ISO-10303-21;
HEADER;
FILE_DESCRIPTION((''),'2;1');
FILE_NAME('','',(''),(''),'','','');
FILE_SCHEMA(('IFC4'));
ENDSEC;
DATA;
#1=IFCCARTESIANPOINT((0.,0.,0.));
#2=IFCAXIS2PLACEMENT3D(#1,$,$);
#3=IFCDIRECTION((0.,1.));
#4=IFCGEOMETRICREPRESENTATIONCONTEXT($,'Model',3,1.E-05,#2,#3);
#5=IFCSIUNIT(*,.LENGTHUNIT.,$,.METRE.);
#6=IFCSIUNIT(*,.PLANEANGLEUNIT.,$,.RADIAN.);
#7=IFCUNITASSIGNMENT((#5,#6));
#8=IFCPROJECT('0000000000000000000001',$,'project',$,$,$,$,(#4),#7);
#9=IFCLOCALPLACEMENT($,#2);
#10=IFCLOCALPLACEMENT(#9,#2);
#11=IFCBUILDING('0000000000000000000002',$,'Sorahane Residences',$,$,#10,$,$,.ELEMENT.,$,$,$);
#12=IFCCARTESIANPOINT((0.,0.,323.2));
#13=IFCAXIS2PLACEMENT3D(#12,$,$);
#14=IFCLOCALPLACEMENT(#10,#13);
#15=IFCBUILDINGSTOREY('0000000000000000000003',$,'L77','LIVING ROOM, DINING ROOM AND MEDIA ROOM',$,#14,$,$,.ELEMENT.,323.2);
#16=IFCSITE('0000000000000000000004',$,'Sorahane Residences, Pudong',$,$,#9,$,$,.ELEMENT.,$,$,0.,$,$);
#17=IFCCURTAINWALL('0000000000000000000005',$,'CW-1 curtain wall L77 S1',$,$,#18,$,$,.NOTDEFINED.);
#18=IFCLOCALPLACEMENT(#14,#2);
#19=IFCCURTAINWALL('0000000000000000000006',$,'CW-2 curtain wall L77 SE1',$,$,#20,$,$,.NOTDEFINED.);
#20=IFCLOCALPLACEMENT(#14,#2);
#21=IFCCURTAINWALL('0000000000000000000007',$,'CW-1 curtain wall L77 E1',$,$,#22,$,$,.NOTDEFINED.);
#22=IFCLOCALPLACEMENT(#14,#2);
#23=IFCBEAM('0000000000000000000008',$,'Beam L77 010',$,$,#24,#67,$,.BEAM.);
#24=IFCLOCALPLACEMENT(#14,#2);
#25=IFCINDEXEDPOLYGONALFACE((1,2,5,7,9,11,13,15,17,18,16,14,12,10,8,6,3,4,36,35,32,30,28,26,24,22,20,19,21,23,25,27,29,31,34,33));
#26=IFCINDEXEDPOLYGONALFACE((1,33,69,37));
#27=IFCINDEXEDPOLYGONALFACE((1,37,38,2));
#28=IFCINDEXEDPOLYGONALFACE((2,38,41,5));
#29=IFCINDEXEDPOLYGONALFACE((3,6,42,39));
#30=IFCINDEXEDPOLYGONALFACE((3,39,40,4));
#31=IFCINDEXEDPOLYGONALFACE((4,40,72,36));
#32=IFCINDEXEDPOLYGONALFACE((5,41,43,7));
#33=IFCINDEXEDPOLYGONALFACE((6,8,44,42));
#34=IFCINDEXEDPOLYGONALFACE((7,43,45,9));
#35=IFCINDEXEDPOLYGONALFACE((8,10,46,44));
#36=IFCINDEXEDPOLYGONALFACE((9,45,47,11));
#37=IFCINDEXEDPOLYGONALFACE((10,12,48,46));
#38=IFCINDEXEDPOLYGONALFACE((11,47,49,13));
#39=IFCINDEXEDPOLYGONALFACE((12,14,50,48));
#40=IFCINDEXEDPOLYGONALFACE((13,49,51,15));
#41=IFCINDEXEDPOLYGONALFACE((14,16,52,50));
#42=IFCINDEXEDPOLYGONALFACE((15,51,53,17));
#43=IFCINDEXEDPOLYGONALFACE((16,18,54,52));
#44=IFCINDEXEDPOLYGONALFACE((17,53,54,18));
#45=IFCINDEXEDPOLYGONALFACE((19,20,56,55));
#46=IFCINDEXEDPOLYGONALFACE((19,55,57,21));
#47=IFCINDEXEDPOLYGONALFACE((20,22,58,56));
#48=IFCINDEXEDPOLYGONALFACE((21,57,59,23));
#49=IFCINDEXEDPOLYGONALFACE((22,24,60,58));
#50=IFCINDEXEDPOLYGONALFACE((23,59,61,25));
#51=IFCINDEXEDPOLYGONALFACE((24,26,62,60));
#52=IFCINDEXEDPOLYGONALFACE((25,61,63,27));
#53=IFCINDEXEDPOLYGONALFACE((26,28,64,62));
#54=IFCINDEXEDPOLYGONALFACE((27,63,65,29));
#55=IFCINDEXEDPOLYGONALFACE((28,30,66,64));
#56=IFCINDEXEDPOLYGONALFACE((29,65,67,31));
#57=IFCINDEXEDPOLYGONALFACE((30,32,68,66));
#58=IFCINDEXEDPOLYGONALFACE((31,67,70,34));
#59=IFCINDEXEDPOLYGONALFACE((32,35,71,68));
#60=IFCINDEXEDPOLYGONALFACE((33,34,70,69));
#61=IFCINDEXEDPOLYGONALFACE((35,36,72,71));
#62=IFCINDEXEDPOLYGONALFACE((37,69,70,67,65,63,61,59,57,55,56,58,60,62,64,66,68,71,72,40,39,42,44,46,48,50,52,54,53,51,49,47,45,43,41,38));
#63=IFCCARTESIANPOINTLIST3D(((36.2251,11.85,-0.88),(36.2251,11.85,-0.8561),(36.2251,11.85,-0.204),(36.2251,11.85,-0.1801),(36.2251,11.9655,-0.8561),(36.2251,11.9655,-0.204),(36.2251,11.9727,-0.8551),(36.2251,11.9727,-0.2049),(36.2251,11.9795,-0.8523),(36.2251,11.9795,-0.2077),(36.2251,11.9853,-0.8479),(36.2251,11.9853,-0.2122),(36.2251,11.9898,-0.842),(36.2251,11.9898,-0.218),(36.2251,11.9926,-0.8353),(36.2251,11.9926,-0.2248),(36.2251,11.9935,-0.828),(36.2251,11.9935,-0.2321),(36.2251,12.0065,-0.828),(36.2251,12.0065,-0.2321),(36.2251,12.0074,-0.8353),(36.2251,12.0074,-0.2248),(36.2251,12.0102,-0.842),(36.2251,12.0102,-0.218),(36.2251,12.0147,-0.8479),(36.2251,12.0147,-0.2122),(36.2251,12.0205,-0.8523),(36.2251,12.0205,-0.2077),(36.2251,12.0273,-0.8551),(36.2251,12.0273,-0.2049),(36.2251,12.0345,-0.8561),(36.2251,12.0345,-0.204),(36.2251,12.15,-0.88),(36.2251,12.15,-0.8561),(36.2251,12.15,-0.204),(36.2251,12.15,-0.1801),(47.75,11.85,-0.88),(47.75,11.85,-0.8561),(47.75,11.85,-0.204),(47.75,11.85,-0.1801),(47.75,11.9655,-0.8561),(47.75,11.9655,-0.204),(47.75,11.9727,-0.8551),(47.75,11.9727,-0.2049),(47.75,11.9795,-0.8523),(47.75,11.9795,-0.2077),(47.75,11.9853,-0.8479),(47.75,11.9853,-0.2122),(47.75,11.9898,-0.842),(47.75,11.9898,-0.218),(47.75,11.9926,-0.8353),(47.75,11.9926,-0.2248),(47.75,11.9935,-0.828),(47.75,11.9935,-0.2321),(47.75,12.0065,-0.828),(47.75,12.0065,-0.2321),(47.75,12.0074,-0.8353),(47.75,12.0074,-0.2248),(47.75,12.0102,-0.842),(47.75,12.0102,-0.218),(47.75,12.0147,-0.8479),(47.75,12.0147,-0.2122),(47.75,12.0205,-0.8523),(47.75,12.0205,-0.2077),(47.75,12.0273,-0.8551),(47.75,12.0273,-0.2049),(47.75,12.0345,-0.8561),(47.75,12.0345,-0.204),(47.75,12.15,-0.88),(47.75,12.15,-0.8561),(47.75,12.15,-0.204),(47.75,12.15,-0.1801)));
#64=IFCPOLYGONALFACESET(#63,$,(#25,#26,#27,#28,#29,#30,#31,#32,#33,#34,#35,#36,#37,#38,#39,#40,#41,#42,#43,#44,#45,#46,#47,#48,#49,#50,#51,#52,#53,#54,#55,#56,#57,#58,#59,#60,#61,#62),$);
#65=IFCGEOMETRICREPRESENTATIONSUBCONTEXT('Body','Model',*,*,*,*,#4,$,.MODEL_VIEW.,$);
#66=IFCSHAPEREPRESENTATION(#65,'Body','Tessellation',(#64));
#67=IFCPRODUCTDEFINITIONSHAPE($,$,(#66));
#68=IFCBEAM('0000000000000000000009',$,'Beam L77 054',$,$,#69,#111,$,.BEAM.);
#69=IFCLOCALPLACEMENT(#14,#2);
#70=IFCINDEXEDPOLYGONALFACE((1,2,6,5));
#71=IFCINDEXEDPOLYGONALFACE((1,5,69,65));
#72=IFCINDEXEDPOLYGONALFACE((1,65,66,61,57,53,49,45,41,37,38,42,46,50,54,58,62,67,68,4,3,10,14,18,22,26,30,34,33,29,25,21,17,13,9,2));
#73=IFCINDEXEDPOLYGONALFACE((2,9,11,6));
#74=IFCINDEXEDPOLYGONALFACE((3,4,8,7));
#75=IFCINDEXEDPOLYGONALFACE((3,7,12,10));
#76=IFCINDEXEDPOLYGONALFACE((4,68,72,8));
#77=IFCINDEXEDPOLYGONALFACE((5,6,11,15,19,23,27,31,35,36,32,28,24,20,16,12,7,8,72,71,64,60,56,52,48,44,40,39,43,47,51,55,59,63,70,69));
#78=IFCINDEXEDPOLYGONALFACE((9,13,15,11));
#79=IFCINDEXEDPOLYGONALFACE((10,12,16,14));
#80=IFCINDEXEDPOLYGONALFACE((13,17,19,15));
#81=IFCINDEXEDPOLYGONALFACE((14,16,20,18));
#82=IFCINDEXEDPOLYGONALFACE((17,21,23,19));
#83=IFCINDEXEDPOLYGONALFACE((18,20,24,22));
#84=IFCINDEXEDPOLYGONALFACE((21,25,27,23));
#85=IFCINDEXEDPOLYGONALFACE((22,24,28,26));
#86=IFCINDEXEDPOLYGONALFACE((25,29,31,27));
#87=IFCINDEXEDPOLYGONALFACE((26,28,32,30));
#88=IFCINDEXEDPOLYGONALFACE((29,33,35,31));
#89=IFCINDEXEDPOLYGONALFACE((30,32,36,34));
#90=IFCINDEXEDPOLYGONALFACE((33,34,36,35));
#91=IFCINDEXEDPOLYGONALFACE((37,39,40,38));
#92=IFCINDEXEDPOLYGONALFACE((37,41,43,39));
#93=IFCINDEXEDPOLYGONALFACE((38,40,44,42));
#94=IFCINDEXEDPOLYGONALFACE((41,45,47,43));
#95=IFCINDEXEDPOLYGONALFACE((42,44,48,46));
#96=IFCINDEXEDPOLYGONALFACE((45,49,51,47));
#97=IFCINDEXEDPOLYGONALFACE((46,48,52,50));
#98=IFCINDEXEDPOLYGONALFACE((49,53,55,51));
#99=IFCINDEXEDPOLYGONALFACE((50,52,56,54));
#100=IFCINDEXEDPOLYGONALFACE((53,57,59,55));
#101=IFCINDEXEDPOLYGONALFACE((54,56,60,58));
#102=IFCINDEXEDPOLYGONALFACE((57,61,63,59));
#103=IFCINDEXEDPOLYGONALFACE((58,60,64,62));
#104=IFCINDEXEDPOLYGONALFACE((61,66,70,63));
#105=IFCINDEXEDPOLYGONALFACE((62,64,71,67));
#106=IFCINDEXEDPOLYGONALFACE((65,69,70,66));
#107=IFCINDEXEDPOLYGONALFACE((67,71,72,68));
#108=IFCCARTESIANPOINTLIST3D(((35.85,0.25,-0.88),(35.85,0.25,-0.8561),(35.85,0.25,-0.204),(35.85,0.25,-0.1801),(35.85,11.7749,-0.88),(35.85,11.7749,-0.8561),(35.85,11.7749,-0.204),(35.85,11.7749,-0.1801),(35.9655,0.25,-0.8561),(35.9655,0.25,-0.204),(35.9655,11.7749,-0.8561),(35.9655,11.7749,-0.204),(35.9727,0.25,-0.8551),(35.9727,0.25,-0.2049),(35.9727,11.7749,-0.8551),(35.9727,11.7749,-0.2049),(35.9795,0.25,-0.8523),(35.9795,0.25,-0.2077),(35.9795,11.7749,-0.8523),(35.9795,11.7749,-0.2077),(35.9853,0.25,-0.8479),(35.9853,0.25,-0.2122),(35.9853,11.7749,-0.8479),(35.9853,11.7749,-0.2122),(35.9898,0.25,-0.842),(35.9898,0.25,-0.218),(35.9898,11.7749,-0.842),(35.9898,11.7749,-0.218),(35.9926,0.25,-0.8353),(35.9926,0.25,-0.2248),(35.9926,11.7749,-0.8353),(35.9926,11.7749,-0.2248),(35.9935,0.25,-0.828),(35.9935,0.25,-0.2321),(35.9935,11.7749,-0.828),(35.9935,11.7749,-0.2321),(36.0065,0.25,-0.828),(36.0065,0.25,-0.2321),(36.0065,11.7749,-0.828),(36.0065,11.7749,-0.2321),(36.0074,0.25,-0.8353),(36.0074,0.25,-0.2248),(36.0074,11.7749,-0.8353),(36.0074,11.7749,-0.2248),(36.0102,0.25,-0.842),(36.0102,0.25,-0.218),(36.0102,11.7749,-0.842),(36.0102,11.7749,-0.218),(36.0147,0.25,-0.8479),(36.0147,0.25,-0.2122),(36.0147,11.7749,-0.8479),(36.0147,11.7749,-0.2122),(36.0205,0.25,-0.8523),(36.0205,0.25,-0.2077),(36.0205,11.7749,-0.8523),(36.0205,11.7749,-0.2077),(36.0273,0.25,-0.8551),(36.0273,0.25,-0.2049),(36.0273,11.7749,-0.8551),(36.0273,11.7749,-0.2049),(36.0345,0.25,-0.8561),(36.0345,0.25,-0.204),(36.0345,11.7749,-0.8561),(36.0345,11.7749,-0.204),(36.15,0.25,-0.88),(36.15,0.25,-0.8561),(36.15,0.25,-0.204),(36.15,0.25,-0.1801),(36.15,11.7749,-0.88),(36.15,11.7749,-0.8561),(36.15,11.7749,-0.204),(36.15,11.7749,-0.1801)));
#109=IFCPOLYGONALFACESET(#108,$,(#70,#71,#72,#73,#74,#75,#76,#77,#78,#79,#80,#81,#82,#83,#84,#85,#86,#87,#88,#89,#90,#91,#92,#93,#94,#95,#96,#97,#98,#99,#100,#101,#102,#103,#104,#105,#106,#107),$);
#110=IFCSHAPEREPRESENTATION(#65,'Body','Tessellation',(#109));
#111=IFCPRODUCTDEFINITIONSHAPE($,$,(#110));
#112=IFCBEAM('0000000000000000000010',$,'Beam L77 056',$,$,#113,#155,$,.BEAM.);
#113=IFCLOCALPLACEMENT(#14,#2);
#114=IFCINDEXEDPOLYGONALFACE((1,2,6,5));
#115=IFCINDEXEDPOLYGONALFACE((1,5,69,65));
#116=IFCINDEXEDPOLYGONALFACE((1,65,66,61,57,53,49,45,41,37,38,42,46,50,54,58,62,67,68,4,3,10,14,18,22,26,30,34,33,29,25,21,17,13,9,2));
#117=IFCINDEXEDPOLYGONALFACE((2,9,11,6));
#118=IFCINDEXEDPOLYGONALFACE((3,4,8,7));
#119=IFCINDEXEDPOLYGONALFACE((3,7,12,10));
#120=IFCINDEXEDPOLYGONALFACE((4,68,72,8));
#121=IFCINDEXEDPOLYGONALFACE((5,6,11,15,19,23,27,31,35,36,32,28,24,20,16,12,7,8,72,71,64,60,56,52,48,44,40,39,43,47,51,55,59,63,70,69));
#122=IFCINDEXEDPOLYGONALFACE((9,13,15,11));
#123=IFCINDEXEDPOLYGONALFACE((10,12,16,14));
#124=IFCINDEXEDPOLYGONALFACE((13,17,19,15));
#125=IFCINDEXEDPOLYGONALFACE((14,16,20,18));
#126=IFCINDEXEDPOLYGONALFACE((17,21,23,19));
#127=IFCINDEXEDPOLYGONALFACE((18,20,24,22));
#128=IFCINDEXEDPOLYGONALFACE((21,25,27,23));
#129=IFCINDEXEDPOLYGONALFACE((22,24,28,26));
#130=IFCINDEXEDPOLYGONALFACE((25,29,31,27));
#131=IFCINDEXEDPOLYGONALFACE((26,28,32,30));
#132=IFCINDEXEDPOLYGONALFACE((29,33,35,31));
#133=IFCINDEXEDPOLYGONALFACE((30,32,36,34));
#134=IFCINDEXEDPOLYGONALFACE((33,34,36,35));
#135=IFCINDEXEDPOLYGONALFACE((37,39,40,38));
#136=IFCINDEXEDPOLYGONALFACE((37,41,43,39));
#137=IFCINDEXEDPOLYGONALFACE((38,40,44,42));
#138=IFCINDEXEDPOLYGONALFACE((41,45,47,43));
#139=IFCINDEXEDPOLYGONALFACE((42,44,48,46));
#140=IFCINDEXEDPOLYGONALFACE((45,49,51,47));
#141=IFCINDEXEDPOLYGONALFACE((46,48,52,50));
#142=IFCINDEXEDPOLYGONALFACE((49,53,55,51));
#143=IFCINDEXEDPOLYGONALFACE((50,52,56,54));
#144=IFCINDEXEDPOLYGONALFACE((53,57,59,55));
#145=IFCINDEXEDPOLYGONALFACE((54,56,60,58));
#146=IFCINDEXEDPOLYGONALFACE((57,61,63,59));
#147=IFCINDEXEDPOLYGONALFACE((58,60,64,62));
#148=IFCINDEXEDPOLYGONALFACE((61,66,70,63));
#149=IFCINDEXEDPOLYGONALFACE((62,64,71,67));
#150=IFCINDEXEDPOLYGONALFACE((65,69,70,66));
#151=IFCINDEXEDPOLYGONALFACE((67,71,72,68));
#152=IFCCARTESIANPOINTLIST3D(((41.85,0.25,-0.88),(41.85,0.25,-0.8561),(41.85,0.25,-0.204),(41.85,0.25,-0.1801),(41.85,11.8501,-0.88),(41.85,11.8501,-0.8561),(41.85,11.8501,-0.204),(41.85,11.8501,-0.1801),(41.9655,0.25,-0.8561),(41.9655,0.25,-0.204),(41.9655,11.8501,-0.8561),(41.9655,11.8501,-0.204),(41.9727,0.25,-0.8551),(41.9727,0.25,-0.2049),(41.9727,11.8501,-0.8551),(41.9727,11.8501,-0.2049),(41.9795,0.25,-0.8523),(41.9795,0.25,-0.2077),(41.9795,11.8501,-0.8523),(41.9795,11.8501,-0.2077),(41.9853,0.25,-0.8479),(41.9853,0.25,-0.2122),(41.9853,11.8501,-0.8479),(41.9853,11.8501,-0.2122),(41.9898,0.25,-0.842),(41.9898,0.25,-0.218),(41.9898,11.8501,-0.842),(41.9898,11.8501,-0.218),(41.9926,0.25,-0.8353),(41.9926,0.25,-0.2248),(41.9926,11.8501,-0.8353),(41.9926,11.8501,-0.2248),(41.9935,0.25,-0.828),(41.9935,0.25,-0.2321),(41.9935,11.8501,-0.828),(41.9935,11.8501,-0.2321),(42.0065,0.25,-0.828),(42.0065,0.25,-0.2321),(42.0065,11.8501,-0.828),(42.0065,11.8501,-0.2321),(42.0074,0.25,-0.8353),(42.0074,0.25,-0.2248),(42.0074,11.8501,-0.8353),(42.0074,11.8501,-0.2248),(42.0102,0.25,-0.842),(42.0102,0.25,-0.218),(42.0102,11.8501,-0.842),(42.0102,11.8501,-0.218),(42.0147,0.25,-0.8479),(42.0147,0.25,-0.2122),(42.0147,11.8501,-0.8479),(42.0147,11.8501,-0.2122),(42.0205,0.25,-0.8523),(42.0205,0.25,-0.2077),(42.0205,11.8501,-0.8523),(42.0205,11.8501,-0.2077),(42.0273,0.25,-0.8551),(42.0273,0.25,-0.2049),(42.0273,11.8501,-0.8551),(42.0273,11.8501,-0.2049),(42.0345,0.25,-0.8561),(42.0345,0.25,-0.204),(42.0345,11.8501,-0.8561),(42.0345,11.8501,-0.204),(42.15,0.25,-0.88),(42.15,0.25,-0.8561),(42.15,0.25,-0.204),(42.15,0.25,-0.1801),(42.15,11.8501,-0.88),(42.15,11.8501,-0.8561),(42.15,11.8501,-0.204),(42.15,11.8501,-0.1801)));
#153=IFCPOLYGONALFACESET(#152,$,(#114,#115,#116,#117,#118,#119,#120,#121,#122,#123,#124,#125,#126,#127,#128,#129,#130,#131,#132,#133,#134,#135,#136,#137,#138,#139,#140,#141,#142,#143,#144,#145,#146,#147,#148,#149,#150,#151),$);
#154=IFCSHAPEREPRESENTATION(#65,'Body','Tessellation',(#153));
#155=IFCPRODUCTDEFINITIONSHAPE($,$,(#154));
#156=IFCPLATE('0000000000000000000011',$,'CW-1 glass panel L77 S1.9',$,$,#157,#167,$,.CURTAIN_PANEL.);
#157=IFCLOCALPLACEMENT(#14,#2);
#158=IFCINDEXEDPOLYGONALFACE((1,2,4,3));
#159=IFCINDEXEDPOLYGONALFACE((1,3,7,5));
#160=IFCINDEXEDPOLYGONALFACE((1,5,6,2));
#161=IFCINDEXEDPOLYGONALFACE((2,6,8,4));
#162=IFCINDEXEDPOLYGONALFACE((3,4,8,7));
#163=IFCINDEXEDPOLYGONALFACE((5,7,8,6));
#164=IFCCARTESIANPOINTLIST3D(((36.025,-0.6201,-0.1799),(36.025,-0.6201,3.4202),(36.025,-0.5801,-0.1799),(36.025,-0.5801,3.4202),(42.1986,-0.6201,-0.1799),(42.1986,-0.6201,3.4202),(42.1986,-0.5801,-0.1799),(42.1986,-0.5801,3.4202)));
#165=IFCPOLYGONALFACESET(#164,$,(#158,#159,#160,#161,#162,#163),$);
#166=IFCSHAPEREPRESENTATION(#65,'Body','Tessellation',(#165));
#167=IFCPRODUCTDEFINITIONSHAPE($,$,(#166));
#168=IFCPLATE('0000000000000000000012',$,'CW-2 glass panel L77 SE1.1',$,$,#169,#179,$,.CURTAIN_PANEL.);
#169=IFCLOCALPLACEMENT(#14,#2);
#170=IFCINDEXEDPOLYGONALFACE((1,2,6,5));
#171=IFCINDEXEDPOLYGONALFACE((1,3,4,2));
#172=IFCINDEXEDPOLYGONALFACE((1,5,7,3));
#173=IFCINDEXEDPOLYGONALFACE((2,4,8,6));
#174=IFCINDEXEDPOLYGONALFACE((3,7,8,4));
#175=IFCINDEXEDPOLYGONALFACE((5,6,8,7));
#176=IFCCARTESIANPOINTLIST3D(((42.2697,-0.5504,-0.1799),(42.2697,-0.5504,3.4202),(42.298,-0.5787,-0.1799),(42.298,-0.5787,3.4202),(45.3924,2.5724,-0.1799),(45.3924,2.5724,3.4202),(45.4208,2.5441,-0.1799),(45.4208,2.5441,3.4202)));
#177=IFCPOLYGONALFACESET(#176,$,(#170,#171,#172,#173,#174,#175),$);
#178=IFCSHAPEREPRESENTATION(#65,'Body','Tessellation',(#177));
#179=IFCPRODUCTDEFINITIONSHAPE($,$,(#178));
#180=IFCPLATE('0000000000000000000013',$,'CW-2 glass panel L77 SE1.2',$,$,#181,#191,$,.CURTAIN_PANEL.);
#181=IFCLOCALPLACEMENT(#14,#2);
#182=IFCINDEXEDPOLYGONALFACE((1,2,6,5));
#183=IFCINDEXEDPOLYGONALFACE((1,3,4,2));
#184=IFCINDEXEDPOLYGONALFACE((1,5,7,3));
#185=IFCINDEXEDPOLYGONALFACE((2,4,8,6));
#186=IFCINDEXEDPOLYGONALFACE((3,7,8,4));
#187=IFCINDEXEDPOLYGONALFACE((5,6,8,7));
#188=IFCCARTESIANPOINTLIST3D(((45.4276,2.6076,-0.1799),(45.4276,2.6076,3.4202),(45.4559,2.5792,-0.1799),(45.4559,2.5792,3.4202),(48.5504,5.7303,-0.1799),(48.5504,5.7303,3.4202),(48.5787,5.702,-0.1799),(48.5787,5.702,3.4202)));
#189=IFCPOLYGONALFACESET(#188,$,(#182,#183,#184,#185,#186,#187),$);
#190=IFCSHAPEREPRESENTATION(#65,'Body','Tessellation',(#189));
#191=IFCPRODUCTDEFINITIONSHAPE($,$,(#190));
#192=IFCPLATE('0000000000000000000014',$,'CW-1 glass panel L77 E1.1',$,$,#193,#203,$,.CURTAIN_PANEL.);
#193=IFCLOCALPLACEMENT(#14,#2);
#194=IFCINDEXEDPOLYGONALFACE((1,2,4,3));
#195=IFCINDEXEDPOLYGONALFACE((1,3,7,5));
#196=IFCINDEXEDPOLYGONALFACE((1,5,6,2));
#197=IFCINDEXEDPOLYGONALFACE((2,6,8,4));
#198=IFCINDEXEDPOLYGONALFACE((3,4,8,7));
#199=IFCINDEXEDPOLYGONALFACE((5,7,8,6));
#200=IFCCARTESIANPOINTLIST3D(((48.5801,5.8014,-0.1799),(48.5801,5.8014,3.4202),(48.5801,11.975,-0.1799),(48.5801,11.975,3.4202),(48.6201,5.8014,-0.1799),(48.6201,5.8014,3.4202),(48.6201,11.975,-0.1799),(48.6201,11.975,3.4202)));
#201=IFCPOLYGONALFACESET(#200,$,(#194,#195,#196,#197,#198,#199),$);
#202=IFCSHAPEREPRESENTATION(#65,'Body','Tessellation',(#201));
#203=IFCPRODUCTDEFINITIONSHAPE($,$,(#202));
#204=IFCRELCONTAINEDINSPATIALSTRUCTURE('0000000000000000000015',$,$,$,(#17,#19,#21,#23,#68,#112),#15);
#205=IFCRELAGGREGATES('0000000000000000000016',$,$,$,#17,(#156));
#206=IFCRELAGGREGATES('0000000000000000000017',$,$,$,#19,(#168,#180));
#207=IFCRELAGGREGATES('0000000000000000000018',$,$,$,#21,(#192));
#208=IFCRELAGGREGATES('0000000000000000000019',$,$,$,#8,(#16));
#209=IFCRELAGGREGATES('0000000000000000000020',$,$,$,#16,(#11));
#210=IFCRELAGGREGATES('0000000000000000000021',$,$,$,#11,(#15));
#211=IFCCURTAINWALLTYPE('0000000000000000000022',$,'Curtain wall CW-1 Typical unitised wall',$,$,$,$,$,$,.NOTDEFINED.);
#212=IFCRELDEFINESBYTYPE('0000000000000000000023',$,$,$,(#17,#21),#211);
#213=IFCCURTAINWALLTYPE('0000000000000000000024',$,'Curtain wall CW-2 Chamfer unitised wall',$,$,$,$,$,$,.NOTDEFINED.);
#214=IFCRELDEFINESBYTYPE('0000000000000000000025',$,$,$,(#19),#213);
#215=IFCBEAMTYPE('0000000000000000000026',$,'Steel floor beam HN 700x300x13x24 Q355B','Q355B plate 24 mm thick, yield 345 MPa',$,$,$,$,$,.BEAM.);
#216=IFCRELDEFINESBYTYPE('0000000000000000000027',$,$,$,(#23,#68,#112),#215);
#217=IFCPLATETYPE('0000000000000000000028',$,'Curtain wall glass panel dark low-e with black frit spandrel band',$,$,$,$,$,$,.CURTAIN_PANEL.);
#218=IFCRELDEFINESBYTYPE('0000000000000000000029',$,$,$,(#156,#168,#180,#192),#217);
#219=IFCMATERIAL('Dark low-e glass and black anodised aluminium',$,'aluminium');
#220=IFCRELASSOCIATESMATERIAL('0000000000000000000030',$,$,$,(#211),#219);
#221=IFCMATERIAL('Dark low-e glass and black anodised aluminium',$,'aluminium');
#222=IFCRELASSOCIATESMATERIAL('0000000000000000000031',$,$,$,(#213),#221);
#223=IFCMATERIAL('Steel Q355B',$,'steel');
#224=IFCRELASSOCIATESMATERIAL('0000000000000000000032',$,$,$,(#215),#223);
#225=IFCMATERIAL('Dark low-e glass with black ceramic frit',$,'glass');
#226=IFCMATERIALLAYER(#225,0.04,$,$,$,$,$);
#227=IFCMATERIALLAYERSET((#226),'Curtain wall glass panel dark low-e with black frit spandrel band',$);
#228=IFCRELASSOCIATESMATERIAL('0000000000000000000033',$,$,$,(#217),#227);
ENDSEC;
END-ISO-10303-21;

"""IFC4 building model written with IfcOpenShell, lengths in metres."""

from ifc_helpers import new_model, si_unit, direction, frame, origin, origin_2d, place, context, subcontext, project, spatial, rectangle, i_section, extrude, material, layer, layer_set, material_profile, profile_set, type_object, element, aggregate, save


model = new_model("IFC4")

# Units and contexts
model_context = context("Model", 3, precision=1e-05, world=origin(), true_north=direction((0.0, 1.0)))
body_context = subcontext(model_context, "Body", "Model", "MODEL_VIEW")
ifc_project = project(units=[si_unit("LENGTHUNIT", "METRE"), si_unit("PLANEANGLEUNIT", "RADIAN")], contexts=[model_context])

# Site, building, storey
site_placement = place(None, origin())
site = spatial("IfcSite", under=ifc_project, at=site_placement, Name="Sorahane Residences, Pudong", CompositionType="ELEMENT", RefElevation=0.0)
building_placement = place(site_placement, origin())
building = spatial("IfcBuilding", under=site, at=building_placement, Name="Sorahane Residences", CompositionType="ELEMENT")
storey_placement = place(building_placement, frame((0.0, 0.0, 323.2)))
storey = spatial("IfcBuildingStorey", under=building, at=storey_placement, Name="L77", Description="LIVING ROOM, DINING ROOM AND MEDIA ROOM", CompositionType="ELEMENT", Elevation=323.2)

# Curtain walls
ifc_material_1 = material(Name="Dark low-e glass and black anodised aluminium", Category="aluminium")
curtain_wall_type_1 = type_object("IfcCurtainWallType", Name="Curtain wall CW-1 Typical unitised wall", PredefinedType="NOTDEFINED", material=ifc_material_1)
curtain_wall_1_placement = place(storey_placement, origin())
curtain_wall_1 = element("IfcCurtainWall", 1, at=curtain_wall_1_placement, inside=storey, type_object=curtain_wall_type_1, Name="CW-1 curtain wall L77 S1", PredefinedType="NOTDEFINED")
ifc_material_2 = material(Name="Dark low-e glass and black anodised aluminium", Category="aluminium")
curtain_wall_type_2 = type_object("IfcCurtainWallType", Name="Curtain wall CW-2 Chamfer unitised wall", PredefinedType="NOTDEFINED", material=ifc_material_2)
curtain_wall_2_placement = place(storey_placement, origin())
curtain_wall_2 = element("IfcCurtainWall", 2, at=curtain_wall_2_placement, inside=storey, type_object=curtain_wall_type_2, Name="CW-2 curtain wall L77 SE1", PredefinedType="NOTDEFINED")

# Curtain wall
curtain_wall_3_placement = place(storey_placement, origin())
curtain_wall_3 = element("IfcCurtainWall", 3, at=curtain_wall_3_placement, inside=storey, type_object=curtain_wall_type_1, Name="CW-1 curtain wall L77 E1", PredefinedType="NOTDEFINED")

# Beams
ifc_material_3 = material(Name="Steel Q355B", Category="steel")
ifc_material_profile_1 = material_profile(ifc_material_3, i_section(OverallWidth=0.3, OverallDepth=0.7, WebThickness=0.0129, FlangeThickness=0.0239, FilletRadius=0.0281, at=origin_2d()), Name="HN 700x300x13x24")
ifc_profile_set_1 = profile_set([ifc_material_profile_1], Name="Steel Q355B")
beam_type_1 = type_object("IfcBeamType", Name="Steel floor beam HN 700x300x13x24 Q355B", Description="Q355B plate 24 mm thick, yield 345 MPa", PredefinedType="BEAM", material=ifc_profile_set_1)
for number, where, z_axis, x_axis, name in (
    (4, (36.2251, 12.0, -0.53), (1.0, 0.0, 0.0), (0.0, 1.0, 0.0), "Beam L77 010"),
    (5, (36.0, 0.25, -0.53), (0.0, 1.0, 0.0), (-1.0, 0.0, 0.0), "Beam L77 054"),
):
    element("IfcBeam", number, at=place(storey_placement, frame(where, z_axis=z_axis, x_axis=x_axis)), inside=storey, type_object=beam_type_1, Name=name, PredefinedType="BEAM", context=body_context, shape_type="SweptSolid", body=[
        extrude(i_section(OverallWidth=0.3, OverallDepth=0.7, WebThickness=0.0129, FlangeThickness=0.0239, FilletRadius=0.0281, at=origin_2d()), origin(), (0.0, 0.0, 1.0), 11.5249),
    ])
beam_1_placement = place(storey_placement, frame((42.0, 0.25, -0.53), z_axis=(0.0, 1.0, 0.0), x_axis=(-1.0, 0.0, 0.0)))
element("IfcBeam", 6, at=beam_1_placement, inside=storey, type_object=beam_type_1, Name="Beam L77 056", PredefinedType="BEAM", context=body_context, shape_type="SweptSolid", body=[
    extrude(i_section(OverallWidth=0.3, OverallDepth=0.7, WebThickness=0.0129, FlangeThickness=0.0239, FilletRadius=0.0281, at=origin_2d()), origin(), (0.0, 0.0, 1.0), 11.6001),
])

# Plates
ifc_material_4 = material(Name="Dark low-e glass with black ceramic frit", Category="glass")
ifc_layer_1 = layer(ifc_material_4, 0.04)
ifc_layer_set_1 = layer_set([ifc_layer_1], Name="Curtain wall glass panel dark low-e with black frit spandrel band")
plate_type = type_object("IfcPlateType", Name="Curtain wall glass panel dark low-e with black frit spandrel band", PredefinedType="CURTAIN_PANEL", material=ifc_layer_set_1)
plate_1_placement = place(storey_placement, frame((39.1118, -0.6001, -0.1799), z_axis=(0.0, 0.0, 1.0), x_axis=(1.0, 0.0, 0.0)))
plate_1 = element("IfcPlate", 7, at=plate_1_placement, type_object=plate_type, Name="CW-1 glass panel L77 S1.9", PredefinedType="CURTAIN_PANEL", context=body_context, shape_type="SweptSolid", body=[
    extrude(rectangle(XDim=6.1736, YDim=0.04, at=origin_2d()), origin(), (0.0, 0.0, 1.0), 3.6001),
])
aggregate(curtain_wall_1, [plate_1])
plate_2_placement = place(storey_placement, frame((43.8452, 0.9968, -0.1799), z_axis=(0.0, 0.0, 1.0), x_axis=(0.707107, 0.707107, 0.0)))
plate_2 = element("IfcPlate", 8, at=plate_2_placement, type_object=plate_type, Name="CW-2 glass panel L77 SE1.1", PredefinedType="CURTAIN_PANEL", context=body_context, shape_type="SweptSolid", body=[
    extrude(rectangle(XDim=4.4163, YDim=0.04, at=origin_2d()), origin(), (0.0, 0.0, 1.0), 3.6001),
])
plate_3_placement = place(storey_placement, frame((47.0032, 4.1548, -0.1799), z_axis=(0.0, 0.0, 1.0), x_axis=(0.707107, 0.707107, 0.0)))
plate_3 = element("IfcPlate", 9, at=plate_3_placement, type_object=plate_type, Name="CW-2 glass panel L77 SE1.2", PredefinedType="CURTAIN_PANEL", context=body_context, shape_type="SweptSolid", body=[
    extrude(rectangle(XDim=4.4163, YDim=0.04, at=origin_2d()), origin(), (0.0, 0.0, 1.0), 3.6001),
])
aggregate(curtain_wall_2, [plate_2, plate_3])
plate_4_placement = place(storey_placement, frame((48.6001, 8.8882, -0.1799), z_axis=(0.0, 0.0, 1.0), x_axis=(0.0, 1.0, 0.0)))
plate_4 = element("IfcPlate", 10, at=plate_4_placement, type_object=plate_type, Name="CW-1 glass panel L77 E1.1", PredefinedType="CURTAIN_PANEL", context=body_context, shape_type="SweptSolid", body=[
    extrude(rectangle(XDim=6.1736, YDim=0.04, at=origin_2d()), origin(), (0.0, 0.0, 1.0), 3.6001),
])
aggregate(curtain_wall_3, [plate_4])

save(model, "model.ifc")
